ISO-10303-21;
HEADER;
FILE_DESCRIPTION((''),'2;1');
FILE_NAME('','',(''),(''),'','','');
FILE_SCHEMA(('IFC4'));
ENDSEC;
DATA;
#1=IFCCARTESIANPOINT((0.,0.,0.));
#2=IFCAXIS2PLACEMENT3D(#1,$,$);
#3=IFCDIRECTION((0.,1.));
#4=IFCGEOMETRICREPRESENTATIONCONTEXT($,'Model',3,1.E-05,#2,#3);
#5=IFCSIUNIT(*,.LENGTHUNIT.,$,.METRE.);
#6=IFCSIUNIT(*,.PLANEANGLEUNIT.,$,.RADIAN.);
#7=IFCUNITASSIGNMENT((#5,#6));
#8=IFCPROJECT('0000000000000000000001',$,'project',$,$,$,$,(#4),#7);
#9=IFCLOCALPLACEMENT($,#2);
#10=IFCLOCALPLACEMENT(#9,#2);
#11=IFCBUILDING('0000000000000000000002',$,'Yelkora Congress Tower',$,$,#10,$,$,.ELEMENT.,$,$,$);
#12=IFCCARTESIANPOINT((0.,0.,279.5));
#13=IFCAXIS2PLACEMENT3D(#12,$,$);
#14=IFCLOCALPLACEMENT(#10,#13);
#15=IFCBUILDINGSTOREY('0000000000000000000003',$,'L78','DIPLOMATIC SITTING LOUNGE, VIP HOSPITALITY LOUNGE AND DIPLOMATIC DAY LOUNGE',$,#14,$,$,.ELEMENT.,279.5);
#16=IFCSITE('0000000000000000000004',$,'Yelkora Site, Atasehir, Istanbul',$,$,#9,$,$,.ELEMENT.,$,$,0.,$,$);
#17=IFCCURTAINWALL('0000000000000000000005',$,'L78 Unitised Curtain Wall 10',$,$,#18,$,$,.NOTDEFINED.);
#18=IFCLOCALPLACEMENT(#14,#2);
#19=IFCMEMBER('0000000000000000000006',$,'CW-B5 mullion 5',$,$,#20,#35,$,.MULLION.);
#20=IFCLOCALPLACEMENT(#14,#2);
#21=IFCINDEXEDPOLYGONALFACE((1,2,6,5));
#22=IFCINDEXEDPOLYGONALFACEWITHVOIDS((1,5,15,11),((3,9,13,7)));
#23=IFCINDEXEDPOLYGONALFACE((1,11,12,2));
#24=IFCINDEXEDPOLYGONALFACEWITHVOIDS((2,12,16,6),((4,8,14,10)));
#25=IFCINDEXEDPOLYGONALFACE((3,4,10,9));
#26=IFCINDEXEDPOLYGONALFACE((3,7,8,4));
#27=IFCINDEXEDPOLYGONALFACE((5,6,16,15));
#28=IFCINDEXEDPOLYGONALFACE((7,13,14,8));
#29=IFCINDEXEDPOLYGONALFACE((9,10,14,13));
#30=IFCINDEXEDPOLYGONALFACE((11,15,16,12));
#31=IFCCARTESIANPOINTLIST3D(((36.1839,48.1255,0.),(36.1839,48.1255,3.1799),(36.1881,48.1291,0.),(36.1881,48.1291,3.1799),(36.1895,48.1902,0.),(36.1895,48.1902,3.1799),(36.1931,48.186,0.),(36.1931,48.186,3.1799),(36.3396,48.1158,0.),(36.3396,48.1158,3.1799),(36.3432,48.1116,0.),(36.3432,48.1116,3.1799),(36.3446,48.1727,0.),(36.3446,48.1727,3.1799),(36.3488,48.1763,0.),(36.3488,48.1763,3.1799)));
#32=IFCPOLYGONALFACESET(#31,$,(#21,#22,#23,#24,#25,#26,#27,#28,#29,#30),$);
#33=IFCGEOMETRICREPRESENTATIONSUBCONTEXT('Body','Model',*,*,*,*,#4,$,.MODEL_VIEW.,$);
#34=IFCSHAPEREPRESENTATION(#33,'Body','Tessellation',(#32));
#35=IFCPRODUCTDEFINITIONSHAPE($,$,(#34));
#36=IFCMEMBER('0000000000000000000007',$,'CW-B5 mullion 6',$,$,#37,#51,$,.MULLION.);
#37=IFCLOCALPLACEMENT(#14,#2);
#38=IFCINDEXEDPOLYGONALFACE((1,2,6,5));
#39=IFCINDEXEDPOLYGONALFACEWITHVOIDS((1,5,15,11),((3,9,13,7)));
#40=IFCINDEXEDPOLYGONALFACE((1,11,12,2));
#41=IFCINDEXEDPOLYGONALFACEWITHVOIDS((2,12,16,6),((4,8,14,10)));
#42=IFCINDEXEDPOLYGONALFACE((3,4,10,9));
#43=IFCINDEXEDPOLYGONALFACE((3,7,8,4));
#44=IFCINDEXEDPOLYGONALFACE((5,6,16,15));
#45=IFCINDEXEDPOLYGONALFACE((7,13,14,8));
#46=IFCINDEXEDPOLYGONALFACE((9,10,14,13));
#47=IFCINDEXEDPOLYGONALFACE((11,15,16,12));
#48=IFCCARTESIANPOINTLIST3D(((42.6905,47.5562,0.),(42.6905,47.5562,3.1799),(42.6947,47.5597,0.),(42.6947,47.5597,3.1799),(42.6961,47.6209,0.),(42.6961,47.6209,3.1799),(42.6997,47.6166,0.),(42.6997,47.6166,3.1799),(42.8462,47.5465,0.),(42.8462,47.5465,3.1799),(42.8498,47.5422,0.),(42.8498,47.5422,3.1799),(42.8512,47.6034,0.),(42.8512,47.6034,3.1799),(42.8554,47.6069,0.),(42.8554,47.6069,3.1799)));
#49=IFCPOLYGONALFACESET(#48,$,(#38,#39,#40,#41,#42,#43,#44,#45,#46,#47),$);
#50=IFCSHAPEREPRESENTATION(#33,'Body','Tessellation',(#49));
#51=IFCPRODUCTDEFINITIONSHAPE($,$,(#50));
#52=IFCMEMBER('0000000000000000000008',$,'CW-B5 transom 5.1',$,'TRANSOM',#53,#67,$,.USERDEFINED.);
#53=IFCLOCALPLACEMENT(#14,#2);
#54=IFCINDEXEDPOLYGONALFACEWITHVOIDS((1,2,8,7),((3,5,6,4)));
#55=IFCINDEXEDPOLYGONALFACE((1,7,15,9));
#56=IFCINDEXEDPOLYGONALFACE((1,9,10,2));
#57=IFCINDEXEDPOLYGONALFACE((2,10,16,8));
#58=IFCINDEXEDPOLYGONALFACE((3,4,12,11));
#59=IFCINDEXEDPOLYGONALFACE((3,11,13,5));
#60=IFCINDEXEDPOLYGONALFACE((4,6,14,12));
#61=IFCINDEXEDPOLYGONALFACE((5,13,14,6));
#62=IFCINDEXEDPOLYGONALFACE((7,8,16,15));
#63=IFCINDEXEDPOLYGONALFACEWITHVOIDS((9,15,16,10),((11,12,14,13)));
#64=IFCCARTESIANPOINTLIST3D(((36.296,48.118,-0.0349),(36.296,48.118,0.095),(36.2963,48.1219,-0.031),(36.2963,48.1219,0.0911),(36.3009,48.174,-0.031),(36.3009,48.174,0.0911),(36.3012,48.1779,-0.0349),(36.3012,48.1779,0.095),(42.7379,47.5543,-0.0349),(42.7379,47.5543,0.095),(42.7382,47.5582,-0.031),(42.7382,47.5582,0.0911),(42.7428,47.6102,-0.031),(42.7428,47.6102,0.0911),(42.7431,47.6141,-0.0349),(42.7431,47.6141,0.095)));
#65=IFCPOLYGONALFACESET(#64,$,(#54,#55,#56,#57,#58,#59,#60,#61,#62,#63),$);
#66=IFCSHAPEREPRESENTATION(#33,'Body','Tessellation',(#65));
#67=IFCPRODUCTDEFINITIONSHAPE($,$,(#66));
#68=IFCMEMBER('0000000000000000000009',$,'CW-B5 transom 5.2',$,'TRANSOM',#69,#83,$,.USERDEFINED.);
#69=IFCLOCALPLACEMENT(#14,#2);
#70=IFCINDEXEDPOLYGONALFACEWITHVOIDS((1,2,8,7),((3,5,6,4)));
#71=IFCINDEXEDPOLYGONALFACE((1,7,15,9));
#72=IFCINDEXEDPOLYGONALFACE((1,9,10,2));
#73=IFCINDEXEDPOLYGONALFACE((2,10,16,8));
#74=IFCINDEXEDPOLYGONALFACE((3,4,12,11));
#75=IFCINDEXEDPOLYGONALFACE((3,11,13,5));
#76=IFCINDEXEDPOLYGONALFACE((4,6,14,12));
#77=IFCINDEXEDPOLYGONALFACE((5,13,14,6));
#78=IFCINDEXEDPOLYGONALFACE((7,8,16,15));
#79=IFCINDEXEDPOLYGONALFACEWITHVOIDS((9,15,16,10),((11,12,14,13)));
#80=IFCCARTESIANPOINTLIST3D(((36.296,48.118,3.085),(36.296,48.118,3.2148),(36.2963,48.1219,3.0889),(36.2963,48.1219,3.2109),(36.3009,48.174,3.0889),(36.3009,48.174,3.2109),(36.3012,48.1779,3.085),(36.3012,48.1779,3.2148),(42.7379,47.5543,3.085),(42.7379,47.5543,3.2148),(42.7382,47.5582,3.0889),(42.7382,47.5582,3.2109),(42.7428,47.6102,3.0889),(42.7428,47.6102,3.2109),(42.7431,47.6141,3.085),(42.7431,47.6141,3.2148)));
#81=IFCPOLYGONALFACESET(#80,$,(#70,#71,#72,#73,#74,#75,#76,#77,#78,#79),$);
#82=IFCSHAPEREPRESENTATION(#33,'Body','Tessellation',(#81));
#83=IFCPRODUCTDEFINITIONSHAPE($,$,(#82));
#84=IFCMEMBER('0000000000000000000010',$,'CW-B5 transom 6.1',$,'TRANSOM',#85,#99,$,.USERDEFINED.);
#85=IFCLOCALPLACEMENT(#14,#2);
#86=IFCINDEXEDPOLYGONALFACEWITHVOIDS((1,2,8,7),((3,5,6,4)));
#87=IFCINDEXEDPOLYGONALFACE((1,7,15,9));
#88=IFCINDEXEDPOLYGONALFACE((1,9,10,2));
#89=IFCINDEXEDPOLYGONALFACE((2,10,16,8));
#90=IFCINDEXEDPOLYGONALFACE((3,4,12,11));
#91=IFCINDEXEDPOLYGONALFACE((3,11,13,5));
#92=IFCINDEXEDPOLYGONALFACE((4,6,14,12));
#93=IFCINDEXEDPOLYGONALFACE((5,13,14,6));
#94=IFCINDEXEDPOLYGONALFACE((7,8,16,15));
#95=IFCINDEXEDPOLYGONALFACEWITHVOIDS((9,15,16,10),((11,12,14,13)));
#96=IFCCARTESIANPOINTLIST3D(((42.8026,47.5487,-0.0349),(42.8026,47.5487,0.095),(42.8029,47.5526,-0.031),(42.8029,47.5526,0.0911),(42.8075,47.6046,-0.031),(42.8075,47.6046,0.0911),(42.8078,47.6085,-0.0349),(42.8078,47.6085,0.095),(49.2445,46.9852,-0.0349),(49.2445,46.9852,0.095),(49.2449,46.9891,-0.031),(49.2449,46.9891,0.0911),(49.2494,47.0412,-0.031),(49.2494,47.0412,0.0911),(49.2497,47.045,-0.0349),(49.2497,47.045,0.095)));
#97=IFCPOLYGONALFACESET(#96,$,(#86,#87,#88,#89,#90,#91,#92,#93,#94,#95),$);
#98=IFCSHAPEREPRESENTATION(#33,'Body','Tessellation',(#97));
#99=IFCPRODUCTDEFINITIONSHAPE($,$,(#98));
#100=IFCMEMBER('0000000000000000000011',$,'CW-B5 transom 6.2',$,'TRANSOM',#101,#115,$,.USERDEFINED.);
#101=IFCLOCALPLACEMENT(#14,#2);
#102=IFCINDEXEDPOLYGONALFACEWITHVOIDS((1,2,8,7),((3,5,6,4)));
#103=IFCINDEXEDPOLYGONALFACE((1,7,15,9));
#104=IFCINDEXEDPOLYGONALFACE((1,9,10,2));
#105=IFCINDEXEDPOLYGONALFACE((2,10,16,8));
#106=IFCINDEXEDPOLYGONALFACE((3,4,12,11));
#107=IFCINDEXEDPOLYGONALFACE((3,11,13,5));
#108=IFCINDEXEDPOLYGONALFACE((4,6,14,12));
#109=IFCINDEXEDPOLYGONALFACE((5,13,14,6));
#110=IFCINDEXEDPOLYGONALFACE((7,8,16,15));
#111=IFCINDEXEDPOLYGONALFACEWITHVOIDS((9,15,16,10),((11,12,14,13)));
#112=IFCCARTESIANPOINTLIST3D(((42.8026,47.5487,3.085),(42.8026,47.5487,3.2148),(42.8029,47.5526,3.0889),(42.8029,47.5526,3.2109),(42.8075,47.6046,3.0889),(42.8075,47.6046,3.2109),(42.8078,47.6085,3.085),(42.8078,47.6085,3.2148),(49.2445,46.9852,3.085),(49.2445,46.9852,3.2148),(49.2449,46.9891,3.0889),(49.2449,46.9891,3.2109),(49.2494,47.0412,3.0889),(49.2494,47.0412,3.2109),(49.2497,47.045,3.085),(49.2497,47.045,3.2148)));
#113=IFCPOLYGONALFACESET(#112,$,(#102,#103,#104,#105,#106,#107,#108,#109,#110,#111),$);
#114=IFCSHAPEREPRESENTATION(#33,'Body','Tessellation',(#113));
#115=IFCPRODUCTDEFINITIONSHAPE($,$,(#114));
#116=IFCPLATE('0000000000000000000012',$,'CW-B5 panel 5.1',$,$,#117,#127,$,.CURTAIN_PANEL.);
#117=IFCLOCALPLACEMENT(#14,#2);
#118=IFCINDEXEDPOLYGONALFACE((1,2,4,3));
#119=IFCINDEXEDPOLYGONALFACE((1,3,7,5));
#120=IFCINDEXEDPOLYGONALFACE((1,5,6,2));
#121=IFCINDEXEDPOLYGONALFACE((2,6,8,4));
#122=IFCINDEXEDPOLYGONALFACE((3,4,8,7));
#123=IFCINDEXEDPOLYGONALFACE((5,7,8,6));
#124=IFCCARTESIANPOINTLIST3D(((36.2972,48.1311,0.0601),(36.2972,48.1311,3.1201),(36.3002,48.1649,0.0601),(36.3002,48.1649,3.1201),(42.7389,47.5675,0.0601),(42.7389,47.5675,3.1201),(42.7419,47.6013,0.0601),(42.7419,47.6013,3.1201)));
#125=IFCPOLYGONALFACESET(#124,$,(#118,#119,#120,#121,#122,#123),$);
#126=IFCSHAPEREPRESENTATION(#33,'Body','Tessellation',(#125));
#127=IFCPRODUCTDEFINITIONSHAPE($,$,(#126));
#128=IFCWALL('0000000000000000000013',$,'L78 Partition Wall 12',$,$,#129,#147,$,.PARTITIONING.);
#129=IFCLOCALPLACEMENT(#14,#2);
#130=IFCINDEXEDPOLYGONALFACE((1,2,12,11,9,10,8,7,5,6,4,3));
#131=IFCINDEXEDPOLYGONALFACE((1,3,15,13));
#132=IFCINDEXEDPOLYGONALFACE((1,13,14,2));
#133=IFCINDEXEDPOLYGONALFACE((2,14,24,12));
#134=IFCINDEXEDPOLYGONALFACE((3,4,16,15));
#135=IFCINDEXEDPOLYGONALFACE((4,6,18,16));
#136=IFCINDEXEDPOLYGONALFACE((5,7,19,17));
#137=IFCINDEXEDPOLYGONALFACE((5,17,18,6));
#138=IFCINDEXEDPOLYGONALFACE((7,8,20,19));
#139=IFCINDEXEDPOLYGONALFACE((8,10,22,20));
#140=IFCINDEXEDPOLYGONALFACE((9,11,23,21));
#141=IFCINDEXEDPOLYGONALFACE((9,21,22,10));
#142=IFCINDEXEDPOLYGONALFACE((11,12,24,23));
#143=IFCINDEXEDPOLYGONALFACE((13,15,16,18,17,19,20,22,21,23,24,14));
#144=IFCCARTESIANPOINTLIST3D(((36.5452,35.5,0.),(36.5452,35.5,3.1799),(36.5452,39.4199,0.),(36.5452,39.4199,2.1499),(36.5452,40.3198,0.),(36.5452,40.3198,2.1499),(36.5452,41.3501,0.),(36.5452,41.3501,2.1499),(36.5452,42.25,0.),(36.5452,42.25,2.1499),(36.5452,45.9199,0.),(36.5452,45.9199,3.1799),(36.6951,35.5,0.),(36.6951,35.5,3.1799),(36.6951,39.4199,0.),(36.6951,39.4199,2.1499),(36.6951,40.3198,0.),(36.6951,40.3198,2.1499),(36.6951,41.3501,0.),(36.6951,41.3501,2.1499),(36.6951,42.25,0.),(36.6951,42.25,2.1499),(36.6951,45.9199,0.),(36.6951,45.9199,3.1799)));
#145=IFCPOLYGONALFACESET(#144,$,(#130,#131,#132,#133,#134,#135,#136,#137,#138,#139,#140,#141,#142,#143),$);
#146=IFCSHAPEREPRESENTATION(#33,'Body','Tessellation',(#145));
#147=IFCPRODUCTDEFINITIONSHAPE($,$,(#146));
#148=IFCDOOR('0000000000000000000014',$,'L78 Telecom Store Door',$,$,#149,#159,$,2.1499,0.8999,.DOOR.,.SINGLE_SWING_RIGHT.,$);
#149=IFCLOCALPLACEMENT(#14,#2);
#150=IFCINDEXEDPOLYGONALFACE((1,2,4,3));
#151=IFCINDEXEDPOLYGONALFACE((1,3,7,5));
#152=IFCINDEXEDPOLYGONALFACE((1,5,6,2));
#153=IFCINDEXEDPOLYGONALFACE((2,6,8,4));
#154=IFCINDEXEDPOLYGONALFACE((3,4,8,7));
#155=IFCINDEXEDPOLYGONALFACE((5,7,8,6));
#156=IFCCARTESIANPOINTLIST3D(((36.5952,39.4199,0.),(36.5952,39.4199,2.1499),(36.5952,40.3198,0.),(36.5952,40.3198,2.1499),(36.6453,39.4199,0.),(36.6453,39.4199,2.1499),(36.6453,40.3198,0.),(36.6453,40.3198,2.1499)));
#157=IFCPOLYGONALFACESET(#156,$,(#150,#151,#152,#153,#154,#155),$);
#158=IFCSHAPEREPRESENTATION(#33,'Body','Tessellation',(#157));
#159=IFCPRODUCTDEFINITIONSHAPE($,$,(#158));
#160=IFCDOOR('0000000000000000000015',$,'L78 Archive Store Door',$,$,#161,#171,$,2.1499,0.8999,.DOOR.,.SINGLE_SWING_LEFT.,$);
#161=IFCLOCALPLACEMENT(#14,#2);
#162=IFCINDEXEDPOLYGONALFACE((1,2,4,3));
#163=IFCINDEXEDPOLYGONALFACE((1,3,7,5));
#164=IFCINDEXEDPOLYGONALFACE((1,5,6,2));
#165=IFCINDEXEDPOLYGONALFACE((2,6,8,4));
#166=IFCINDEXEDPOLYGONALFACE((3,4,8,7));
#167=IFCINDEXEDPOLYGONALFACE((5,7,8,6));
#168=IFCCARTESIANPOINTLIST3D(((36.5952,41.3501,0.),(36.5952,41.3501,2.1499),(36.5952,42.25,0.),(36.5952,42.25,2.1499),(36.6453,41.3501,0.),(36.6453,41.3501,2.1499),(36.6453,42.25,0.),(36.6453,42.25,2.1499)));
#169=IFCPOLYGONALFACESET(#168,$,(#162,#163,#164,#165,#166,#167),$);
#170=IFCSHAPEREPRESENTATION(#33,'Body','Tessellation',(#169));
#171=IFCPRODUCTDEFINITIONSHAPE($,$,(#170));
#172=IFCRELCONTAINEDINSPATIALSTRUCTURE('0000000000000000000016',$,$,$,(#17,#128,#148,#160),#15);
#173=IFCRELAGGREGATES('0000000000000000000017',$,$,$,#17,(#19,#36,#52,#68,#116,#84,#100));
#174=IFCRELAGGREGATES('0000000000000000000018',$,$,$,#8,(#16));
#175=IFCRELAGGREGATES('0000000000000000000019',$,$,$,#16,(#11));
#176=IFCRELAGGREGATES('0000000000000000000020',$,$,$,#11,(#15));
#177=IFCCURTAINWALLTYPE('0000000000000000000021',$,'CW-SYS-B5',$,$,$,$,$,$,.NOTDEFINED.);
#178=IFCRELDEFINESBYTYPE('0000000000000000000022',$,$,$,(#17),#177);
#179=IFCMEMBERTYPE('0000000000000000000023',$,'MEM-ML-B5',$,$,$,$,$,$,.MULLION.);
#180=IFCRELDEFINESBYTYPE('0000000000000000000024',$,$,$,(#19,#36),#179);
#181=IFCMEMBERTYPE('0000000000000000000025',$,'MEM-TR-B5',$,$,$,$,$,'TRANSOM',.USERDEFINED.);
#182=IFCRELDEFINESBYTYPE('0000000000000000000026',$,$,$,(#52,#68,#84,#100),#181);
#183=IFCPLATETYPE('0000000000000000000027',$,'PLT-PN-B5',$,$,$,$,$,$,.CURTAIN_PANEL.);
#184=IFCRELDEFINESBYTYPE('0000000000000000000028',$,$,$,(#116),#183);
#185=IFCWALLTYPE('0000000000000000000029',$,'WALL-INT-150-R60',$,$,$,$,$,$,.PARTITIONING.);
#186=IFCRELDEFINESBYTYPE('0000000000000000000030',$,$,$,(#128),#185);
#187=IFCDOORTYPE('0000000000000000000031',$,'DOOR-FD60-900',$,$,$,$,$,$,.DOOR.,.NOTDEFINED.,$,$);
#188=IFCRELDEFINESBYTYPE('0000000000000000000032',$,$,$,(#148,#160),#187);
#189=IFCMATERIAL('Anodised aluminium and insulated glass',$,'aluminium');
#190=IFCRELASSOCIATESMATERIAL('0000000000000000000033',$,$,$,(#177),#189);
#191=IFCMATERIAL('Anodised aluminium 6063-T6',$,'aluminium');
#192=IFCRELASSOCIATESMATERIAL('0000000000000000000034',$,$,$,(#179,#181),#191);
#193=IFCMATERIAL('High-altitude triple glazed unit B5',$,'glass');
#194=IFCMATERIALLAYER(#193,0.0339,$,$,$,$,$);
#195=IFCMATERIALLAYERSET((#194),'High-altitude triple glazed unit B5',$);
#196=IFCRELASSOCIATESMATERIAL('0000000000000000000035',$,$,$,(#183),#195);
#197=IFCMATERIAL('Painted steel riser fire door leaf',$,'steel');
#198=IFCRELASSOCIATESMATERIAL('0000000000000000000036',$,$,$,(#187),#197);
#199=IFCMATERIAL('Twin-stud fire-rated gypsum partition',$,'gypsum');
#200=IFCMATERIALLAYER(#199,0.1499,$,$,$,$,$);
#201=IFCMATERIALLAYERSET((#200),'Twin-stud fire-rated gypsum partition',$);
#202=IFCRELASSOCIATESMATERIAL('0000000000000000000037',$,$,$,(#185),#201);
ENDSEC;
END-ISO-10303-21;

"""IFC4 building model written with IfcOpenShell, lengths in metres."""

from ifc_helpers import new_model, si_unit, direction, frame, frame_2d, origin, origin_2d, place, context, subcontext, project, spatial, rectangle, hollow_rectangle, extrude, material, layer, layer_set, material_profile, profile_set, type_object, element, fill, aggregate, save


model = new_model("IFC4")

# Units and contexts
model_context = context("Model", 3, precision=1e-05, world=origin(), true_north=direction((0.0, 1.0)))
body_context = subcontext(model_context, "Body", "Model", "MODEL_VIEW")
ifc_project = project(units=[si_unit("LENGTHUNIT", "METRE"), si_unit("PLANEANGLEUNIT", "RADIAN")], contexts=[model_context])

# Site, building, storey
site_placement = place(None, origin())
site = spatial("IfcSite", under=ifc_project, at=site_placement, Name="Yelkora Site, Atasehir, Istanbul", CompositionType="ELEMENT", RefElevation=0.0)
building_placement = place(site_placement, origin())
building = spatial("IfcBuilding", under=site, at=building_placement, Name="Yelkora Congress Tower", CompositionType="ELEMENT")
storey_placement = place(building_placement, frame((0.0, 0.0, 279.5)))
storey = spatial("IfcBuildingStorey", under=building, at=storey_placement, Name="L78", Description="DIPLOMATIC SITTING LOUNGE, VIP HOSPITALITY LOUNGE AND DIPLOMATIC DAY LOUNGE", CompositionType="ELEMENT", Elevation=279.5)

# Curtain wall, members, plate
ifc_material_1 = material(Name="Anodised aluminium and insulated glass", Category="aluminium")
curtain_wall_type = type_object("IfcCurtainWallType", Name="CW-SYS-B5", PredefinedType="NOTDEFINED", material=ifc_material_1)
curtain_wall_placement = place(storey_placement, origin())
curtain_wall = element("IfcCurtainWall", 1, at=curtain_wall_placement, inside=storey, type_object=curtain_wall_type, Name="L78 Unitised Curtain Wall 10", PredefinedType="NOTDEFINED")
ifc_material_2 = material(Name="Anodised aluminium 6063-T6", Category="aluminium")
ifc_material_profile_1 = material_profile(ifc_material_2, hollow_rectangle(XDim=0.0649, YDim=0.1599, WallThickness=0.0039, at=origin_2d()), Name="ALU 65x160x4")
ifc_profile_set_1 = profile_set([ifc_material_profile_1], Name="Anodised aluminium 6063-T6")
member_type_1 = type_object("IfcMemberType", Name="MEM-ML-B5", PredefinedType="MULLION", material=ifc_profile_set_1)
member_1_placement = place(storey_placement, frame((36.2664, 48.1509, 0.0), z_axis=(0.0, 0.0, 1.0), x_axis=(0.087157, 0.996195, 0.0)))
member_1 = element("IfcMember", 2, at=member_1_placement, type_object=member_type_1, Name="CW-B5 mullion 5", PredefinedType="MULLION", context=body_context, shape_type="SweptSolid", body=[
    extrude(hollow_rectangle(XDim=0.0649, YDim=0.1599, WallThickness=0.0039, at=origin_2d()), origin(), (0.0, 0.0, 1.0), 3.1799),
])
member_2_placement = place(storey_placement, frame((42.7729, 47.5815, 0.0), z_axis=(0.0, 0.0, 1.0), x_axis=(0.087157, 0.996195, 0.0)))
member_2 = element("IfcMember", 3, at=member_2_placement, type_object=member_type_1, Name="CW-B5 mullion 6", PredefinedType="MULLION", context=body_context, shape_type="SweptSolid", body=[
    extrude(hollow_rectangle(XDim=0.0649, YDim=0.1599, WallThickness=0.0039, at=origin_2d()), origin(), (0.0, 0.0, 1.0), 3.1799),
])
ifc_material_profile_2 = material_profile(ifc_material_2, hollow_rectangle(XDim=0.0601, YDim=0.1299, WallThickness=0.0039, at=origin_2d()), Name="ALU 60x130x4")
ifc_profile_set_2 = profile_set([ifc_material_profile_2], Name="Anodised aluminium 6063-T6")
member_type_2 = type_object("IfcMemberType", Name="MEM-TR-B5", ElementType="TRANSOM", PredefinedType="USERDEFINED", material=ifc_profile_set_2)
member_3_placement = place(storey_placement, frame((36.2986, 48.1479, 0.03), z_axis=(0.996193, -0.087175, 0.0), x_axis=(0.087175, 0.996193, 0.0)))
member_3 = element("IfcMember", 4, at=member_3_placement, type_object=member_type_2, Name="CW-B5 transom 5.1", ObjectType="TRANSOM", PredefinedType="USERDEFINED", context=body_context, shape_type="SweptSolid", body=[
    extrude(hollow_rectangle(XDim=0.0601, YDim=0.1299, WallThickness=0.0039, at=origin_2d()), origin(), (0.0, 0.0, 1.0), 6.4666),
])
member_4_placement = place(storey_placement, frame((36.2986, 48.1479, 3.1499), z_axis=(0.996193, -0.087175, 0.0), x_axis=(0.087175, 0.996193, 0.0)))
member_4 = element("IfcMember", 5, at=member_4_placement, type_object=member_type_2, Name="CW-B5 transom 5.2", ObjectType="TRANSOM", PredefinedType="USERDEFINED", context=body_context, shape_type="SweptSolid", body=[
    extrude(hollow_rectangle(XDim=0.0601, YDim=0.1299, WallThickness=0.0039, at=origin_2d()), origin(), (0.0, 0.0, 1.0), 6.4666),
])
member_5_placement = place(storey_placement, frame((42.8052, 47.5786, 0.03), z_axis=(0.996196, -0.087138, 0.0), x_axis=(0.087138, 0.996196, 0.0)))
member_5 = element("IfcMember", 6, at=member_5_placement, type_object=member_type_2, Name="CW-B5 transom 6.1", ObjectType="TRANSOM", PredefinedType="USERDEFINED", context=body_context, shape_type="SweptSolid", body=[
    extrude(hollow_rectangle(XDim=0.0601, YDim=0.1299, WallThickness=0.0039, at=origin_2d()), origin(), (0.0, 0.0, 1.0), 6.4666),
])
member_6_placement = place(storey_placement, frame((42.8052, 47.5786, 3.1499), z_axis=(0.996196, -0.087138, 0.0), x_axis=(0.087138, 0.996196, 0.0)))
member_6 = element("IfcMember", 7, at=member_6_placement, type_object=member_type_2, Name="CW-B5 transom 6.2", ObjectType="TRANSOM", PredefinedType="USERDEFINED", context=body_context, shape_type="SweptSolid", body=[
    extrude(hollow_rectangle(XDim=0.0601, YDim=0.1299, WallThickness=0.0039, at=origin_2d()), origin(), (0.0, 0.0, 1.0), 6.4666),
])
ifc_material_3 = material(Name="High-altitude triple glazed unit B5", Category="glass")
ifc_layer_1 = layer(ifc_material_3, 0.0339)
ifc_layer_set_1 = layer_set([ifc_layer_1], Name="High-altitude triple glazed unit B5")
plate_type = type_object("IfcPlateType", Name="PLT-PN-B5", PredefinedType="CURTAIN_PANEL", material=ifc_layer_set_1)
plate_placement = place(storey_placement, frame((39.5195, 47.8662, 0.0601), z_axis=(0.0, 0.0, 1.0), x_axis=(0.996195, -0.087157, 0.0)))
plate = element("IfcPlate", 8, at=plate_placement, type_object=plate_type, Name="CW-B5 panel 5.1", PredefinedType="CURTAIN_PANEL", context=body_context, shape_type="SweptSolid", body=[
    extrude(rectangle(XDim=6.4663, YDim=0.0339, at=origin_2d()), origin(), (0.0, 0.0, 1.0), 3.0601),
])
aggregate(curtain_wall, [member_1, member_2, member_3, member_4, plate, member_5, member_6])

# Shared definitions
ifc_material_4 = material(Name="Painted steel riser fire door leaf", Category="steel")
door_type_1 = type_object("IfcDoorType", Name="DOOR-FD60-900", OperationType="NOTDEFINED", PredefinedType="DOOR", material=ifc_material_4)

# Wall, openings, doors
ifc_material_5 = material(Name="Twin-stud fire-rated gypsum partition", Category="gypsum")
ifc_layer_2 = layer(ifc_material_5, 0.1499)
ifc_layer_set_2 = layer_set([ifc_layer_2], Name="Twin-stud fire-rated gypsum partition")
wall_type_1 = type_object("IfcWallType", Name="WALL-INT-150-R60", PredefinedType="PARTITIONING", material=ifc_layer_set_2)
wall_1_placement = place(storey_placement, frame((36.6201, 35.5, 0.0), z_axis=(0.0, 0.0, 1.0), x_axis=(0.0, 1.0, 0.0)))
wall_1 = element("IfcWall", 9, at=wall_1_placement, inside=storey, type_object=wall_type_1, Name="L78 Partition Wall 12", PredefinedType="PARTITIONING", context=body_context, shape_type="SweptSolid", body=[
    extrude(rectangle(XDim=10.4199, YDim=0.1499, at=frame_2d((5.21, 0.0))), origin(), (0.0, 0.0, 1.0), 3.1799),
])
opening_1_placement = place(wall_1_placement, frame((3.9199, 0.0, 0.0)))
opening_1 = element("IfcOpeningElement", 10, at=opening_1_placement, cuts=wall_1, PredefinedType="OPENING", context=body_context, shape_type="SweptSolid", body=[
    extrude(rectangle(XDim=0.8999, YDim=2.1499, at=frame_2d((0.45, 1.075))), frame((0.0, 0.085, 0.0), z_axis=(0.0, -1.0, 0.0), x_axis=(1.0, 0.0, 0.0)), (0.0, 0.0, 1.0), 0.1699),
])
opening_2_placement = place(wall_1_placement, frame((5.8501, 0.0, 0.0)))
opening_2 = element("IfcOpeningElement", 11, at=opening_2_placement, cuts=wall_1, PredefinedType="OPENING", context=body_context, shape_type="SweptSolid", body=[
    extrude(rectangle(XDim=0.8999, YDim=2.1499, at=frame_2d((0.45, 1.075))), frame((0.0, 0.085, 0.0), z_axis=(0.0, -1.0, 0.0), x_axis=(1.0, 0.0, 0.0)), (0.0, 0.0, 1.0), 0.1699),
])
door_1_placement = place(opening_1_placement, origin())
door_1 = element("IfcDoor", 12, at=door_1_placement, inside=storey, type_object=door_type_1, Name="L78 Telecom Store Door", OperationType="SINGLE_SWING_RIGHT", OverallHeight=2.1499, OverallWidth=0.8999, PredefinedType="DOOR", context=body_context, shape_type="SweptSolid", body=[
    extrude(rectangle(XDim=0.8999, YDim=2.1499, at=frame_2d((0.45, 1.075))), frame((0.0, 0.0249, 0.0), z_axis=(0.0, -1.0, 0.0), x_axis=(1.0, 0.0, 0.0)), (0.0, 0.0, 1.0), 0.05),
])
fill(opening_1, door_1)
door_2_placement = place(opening_2_placement, origin())
door_2 = element("IfcDoor", 13, at=door_2_placement, inside=storey, type_object=door_type_1, Name="L78 Archive Store Door", OperationType="SINGLE_SWING_LEFT", OverallHeight=2.1499, OverallWidth=0.8999, PredefinedType="DOOR", context=body_context, shape_type="SweptSolid", body=[
    extrude(rectangle(XDim=0.8999, YDim=2.1499, at=frame_2d((0.45, 1.075))), frame((0.0, 0.0249, 0.0), z_axis=(0.0, -1.0, 0.0), x_axis=(1.0, 0.0, 0.0)), (0.0, 0.0, 1.0), 0.05),
])
fill(opening_2, door_2)

save(model, "model.ifc")
